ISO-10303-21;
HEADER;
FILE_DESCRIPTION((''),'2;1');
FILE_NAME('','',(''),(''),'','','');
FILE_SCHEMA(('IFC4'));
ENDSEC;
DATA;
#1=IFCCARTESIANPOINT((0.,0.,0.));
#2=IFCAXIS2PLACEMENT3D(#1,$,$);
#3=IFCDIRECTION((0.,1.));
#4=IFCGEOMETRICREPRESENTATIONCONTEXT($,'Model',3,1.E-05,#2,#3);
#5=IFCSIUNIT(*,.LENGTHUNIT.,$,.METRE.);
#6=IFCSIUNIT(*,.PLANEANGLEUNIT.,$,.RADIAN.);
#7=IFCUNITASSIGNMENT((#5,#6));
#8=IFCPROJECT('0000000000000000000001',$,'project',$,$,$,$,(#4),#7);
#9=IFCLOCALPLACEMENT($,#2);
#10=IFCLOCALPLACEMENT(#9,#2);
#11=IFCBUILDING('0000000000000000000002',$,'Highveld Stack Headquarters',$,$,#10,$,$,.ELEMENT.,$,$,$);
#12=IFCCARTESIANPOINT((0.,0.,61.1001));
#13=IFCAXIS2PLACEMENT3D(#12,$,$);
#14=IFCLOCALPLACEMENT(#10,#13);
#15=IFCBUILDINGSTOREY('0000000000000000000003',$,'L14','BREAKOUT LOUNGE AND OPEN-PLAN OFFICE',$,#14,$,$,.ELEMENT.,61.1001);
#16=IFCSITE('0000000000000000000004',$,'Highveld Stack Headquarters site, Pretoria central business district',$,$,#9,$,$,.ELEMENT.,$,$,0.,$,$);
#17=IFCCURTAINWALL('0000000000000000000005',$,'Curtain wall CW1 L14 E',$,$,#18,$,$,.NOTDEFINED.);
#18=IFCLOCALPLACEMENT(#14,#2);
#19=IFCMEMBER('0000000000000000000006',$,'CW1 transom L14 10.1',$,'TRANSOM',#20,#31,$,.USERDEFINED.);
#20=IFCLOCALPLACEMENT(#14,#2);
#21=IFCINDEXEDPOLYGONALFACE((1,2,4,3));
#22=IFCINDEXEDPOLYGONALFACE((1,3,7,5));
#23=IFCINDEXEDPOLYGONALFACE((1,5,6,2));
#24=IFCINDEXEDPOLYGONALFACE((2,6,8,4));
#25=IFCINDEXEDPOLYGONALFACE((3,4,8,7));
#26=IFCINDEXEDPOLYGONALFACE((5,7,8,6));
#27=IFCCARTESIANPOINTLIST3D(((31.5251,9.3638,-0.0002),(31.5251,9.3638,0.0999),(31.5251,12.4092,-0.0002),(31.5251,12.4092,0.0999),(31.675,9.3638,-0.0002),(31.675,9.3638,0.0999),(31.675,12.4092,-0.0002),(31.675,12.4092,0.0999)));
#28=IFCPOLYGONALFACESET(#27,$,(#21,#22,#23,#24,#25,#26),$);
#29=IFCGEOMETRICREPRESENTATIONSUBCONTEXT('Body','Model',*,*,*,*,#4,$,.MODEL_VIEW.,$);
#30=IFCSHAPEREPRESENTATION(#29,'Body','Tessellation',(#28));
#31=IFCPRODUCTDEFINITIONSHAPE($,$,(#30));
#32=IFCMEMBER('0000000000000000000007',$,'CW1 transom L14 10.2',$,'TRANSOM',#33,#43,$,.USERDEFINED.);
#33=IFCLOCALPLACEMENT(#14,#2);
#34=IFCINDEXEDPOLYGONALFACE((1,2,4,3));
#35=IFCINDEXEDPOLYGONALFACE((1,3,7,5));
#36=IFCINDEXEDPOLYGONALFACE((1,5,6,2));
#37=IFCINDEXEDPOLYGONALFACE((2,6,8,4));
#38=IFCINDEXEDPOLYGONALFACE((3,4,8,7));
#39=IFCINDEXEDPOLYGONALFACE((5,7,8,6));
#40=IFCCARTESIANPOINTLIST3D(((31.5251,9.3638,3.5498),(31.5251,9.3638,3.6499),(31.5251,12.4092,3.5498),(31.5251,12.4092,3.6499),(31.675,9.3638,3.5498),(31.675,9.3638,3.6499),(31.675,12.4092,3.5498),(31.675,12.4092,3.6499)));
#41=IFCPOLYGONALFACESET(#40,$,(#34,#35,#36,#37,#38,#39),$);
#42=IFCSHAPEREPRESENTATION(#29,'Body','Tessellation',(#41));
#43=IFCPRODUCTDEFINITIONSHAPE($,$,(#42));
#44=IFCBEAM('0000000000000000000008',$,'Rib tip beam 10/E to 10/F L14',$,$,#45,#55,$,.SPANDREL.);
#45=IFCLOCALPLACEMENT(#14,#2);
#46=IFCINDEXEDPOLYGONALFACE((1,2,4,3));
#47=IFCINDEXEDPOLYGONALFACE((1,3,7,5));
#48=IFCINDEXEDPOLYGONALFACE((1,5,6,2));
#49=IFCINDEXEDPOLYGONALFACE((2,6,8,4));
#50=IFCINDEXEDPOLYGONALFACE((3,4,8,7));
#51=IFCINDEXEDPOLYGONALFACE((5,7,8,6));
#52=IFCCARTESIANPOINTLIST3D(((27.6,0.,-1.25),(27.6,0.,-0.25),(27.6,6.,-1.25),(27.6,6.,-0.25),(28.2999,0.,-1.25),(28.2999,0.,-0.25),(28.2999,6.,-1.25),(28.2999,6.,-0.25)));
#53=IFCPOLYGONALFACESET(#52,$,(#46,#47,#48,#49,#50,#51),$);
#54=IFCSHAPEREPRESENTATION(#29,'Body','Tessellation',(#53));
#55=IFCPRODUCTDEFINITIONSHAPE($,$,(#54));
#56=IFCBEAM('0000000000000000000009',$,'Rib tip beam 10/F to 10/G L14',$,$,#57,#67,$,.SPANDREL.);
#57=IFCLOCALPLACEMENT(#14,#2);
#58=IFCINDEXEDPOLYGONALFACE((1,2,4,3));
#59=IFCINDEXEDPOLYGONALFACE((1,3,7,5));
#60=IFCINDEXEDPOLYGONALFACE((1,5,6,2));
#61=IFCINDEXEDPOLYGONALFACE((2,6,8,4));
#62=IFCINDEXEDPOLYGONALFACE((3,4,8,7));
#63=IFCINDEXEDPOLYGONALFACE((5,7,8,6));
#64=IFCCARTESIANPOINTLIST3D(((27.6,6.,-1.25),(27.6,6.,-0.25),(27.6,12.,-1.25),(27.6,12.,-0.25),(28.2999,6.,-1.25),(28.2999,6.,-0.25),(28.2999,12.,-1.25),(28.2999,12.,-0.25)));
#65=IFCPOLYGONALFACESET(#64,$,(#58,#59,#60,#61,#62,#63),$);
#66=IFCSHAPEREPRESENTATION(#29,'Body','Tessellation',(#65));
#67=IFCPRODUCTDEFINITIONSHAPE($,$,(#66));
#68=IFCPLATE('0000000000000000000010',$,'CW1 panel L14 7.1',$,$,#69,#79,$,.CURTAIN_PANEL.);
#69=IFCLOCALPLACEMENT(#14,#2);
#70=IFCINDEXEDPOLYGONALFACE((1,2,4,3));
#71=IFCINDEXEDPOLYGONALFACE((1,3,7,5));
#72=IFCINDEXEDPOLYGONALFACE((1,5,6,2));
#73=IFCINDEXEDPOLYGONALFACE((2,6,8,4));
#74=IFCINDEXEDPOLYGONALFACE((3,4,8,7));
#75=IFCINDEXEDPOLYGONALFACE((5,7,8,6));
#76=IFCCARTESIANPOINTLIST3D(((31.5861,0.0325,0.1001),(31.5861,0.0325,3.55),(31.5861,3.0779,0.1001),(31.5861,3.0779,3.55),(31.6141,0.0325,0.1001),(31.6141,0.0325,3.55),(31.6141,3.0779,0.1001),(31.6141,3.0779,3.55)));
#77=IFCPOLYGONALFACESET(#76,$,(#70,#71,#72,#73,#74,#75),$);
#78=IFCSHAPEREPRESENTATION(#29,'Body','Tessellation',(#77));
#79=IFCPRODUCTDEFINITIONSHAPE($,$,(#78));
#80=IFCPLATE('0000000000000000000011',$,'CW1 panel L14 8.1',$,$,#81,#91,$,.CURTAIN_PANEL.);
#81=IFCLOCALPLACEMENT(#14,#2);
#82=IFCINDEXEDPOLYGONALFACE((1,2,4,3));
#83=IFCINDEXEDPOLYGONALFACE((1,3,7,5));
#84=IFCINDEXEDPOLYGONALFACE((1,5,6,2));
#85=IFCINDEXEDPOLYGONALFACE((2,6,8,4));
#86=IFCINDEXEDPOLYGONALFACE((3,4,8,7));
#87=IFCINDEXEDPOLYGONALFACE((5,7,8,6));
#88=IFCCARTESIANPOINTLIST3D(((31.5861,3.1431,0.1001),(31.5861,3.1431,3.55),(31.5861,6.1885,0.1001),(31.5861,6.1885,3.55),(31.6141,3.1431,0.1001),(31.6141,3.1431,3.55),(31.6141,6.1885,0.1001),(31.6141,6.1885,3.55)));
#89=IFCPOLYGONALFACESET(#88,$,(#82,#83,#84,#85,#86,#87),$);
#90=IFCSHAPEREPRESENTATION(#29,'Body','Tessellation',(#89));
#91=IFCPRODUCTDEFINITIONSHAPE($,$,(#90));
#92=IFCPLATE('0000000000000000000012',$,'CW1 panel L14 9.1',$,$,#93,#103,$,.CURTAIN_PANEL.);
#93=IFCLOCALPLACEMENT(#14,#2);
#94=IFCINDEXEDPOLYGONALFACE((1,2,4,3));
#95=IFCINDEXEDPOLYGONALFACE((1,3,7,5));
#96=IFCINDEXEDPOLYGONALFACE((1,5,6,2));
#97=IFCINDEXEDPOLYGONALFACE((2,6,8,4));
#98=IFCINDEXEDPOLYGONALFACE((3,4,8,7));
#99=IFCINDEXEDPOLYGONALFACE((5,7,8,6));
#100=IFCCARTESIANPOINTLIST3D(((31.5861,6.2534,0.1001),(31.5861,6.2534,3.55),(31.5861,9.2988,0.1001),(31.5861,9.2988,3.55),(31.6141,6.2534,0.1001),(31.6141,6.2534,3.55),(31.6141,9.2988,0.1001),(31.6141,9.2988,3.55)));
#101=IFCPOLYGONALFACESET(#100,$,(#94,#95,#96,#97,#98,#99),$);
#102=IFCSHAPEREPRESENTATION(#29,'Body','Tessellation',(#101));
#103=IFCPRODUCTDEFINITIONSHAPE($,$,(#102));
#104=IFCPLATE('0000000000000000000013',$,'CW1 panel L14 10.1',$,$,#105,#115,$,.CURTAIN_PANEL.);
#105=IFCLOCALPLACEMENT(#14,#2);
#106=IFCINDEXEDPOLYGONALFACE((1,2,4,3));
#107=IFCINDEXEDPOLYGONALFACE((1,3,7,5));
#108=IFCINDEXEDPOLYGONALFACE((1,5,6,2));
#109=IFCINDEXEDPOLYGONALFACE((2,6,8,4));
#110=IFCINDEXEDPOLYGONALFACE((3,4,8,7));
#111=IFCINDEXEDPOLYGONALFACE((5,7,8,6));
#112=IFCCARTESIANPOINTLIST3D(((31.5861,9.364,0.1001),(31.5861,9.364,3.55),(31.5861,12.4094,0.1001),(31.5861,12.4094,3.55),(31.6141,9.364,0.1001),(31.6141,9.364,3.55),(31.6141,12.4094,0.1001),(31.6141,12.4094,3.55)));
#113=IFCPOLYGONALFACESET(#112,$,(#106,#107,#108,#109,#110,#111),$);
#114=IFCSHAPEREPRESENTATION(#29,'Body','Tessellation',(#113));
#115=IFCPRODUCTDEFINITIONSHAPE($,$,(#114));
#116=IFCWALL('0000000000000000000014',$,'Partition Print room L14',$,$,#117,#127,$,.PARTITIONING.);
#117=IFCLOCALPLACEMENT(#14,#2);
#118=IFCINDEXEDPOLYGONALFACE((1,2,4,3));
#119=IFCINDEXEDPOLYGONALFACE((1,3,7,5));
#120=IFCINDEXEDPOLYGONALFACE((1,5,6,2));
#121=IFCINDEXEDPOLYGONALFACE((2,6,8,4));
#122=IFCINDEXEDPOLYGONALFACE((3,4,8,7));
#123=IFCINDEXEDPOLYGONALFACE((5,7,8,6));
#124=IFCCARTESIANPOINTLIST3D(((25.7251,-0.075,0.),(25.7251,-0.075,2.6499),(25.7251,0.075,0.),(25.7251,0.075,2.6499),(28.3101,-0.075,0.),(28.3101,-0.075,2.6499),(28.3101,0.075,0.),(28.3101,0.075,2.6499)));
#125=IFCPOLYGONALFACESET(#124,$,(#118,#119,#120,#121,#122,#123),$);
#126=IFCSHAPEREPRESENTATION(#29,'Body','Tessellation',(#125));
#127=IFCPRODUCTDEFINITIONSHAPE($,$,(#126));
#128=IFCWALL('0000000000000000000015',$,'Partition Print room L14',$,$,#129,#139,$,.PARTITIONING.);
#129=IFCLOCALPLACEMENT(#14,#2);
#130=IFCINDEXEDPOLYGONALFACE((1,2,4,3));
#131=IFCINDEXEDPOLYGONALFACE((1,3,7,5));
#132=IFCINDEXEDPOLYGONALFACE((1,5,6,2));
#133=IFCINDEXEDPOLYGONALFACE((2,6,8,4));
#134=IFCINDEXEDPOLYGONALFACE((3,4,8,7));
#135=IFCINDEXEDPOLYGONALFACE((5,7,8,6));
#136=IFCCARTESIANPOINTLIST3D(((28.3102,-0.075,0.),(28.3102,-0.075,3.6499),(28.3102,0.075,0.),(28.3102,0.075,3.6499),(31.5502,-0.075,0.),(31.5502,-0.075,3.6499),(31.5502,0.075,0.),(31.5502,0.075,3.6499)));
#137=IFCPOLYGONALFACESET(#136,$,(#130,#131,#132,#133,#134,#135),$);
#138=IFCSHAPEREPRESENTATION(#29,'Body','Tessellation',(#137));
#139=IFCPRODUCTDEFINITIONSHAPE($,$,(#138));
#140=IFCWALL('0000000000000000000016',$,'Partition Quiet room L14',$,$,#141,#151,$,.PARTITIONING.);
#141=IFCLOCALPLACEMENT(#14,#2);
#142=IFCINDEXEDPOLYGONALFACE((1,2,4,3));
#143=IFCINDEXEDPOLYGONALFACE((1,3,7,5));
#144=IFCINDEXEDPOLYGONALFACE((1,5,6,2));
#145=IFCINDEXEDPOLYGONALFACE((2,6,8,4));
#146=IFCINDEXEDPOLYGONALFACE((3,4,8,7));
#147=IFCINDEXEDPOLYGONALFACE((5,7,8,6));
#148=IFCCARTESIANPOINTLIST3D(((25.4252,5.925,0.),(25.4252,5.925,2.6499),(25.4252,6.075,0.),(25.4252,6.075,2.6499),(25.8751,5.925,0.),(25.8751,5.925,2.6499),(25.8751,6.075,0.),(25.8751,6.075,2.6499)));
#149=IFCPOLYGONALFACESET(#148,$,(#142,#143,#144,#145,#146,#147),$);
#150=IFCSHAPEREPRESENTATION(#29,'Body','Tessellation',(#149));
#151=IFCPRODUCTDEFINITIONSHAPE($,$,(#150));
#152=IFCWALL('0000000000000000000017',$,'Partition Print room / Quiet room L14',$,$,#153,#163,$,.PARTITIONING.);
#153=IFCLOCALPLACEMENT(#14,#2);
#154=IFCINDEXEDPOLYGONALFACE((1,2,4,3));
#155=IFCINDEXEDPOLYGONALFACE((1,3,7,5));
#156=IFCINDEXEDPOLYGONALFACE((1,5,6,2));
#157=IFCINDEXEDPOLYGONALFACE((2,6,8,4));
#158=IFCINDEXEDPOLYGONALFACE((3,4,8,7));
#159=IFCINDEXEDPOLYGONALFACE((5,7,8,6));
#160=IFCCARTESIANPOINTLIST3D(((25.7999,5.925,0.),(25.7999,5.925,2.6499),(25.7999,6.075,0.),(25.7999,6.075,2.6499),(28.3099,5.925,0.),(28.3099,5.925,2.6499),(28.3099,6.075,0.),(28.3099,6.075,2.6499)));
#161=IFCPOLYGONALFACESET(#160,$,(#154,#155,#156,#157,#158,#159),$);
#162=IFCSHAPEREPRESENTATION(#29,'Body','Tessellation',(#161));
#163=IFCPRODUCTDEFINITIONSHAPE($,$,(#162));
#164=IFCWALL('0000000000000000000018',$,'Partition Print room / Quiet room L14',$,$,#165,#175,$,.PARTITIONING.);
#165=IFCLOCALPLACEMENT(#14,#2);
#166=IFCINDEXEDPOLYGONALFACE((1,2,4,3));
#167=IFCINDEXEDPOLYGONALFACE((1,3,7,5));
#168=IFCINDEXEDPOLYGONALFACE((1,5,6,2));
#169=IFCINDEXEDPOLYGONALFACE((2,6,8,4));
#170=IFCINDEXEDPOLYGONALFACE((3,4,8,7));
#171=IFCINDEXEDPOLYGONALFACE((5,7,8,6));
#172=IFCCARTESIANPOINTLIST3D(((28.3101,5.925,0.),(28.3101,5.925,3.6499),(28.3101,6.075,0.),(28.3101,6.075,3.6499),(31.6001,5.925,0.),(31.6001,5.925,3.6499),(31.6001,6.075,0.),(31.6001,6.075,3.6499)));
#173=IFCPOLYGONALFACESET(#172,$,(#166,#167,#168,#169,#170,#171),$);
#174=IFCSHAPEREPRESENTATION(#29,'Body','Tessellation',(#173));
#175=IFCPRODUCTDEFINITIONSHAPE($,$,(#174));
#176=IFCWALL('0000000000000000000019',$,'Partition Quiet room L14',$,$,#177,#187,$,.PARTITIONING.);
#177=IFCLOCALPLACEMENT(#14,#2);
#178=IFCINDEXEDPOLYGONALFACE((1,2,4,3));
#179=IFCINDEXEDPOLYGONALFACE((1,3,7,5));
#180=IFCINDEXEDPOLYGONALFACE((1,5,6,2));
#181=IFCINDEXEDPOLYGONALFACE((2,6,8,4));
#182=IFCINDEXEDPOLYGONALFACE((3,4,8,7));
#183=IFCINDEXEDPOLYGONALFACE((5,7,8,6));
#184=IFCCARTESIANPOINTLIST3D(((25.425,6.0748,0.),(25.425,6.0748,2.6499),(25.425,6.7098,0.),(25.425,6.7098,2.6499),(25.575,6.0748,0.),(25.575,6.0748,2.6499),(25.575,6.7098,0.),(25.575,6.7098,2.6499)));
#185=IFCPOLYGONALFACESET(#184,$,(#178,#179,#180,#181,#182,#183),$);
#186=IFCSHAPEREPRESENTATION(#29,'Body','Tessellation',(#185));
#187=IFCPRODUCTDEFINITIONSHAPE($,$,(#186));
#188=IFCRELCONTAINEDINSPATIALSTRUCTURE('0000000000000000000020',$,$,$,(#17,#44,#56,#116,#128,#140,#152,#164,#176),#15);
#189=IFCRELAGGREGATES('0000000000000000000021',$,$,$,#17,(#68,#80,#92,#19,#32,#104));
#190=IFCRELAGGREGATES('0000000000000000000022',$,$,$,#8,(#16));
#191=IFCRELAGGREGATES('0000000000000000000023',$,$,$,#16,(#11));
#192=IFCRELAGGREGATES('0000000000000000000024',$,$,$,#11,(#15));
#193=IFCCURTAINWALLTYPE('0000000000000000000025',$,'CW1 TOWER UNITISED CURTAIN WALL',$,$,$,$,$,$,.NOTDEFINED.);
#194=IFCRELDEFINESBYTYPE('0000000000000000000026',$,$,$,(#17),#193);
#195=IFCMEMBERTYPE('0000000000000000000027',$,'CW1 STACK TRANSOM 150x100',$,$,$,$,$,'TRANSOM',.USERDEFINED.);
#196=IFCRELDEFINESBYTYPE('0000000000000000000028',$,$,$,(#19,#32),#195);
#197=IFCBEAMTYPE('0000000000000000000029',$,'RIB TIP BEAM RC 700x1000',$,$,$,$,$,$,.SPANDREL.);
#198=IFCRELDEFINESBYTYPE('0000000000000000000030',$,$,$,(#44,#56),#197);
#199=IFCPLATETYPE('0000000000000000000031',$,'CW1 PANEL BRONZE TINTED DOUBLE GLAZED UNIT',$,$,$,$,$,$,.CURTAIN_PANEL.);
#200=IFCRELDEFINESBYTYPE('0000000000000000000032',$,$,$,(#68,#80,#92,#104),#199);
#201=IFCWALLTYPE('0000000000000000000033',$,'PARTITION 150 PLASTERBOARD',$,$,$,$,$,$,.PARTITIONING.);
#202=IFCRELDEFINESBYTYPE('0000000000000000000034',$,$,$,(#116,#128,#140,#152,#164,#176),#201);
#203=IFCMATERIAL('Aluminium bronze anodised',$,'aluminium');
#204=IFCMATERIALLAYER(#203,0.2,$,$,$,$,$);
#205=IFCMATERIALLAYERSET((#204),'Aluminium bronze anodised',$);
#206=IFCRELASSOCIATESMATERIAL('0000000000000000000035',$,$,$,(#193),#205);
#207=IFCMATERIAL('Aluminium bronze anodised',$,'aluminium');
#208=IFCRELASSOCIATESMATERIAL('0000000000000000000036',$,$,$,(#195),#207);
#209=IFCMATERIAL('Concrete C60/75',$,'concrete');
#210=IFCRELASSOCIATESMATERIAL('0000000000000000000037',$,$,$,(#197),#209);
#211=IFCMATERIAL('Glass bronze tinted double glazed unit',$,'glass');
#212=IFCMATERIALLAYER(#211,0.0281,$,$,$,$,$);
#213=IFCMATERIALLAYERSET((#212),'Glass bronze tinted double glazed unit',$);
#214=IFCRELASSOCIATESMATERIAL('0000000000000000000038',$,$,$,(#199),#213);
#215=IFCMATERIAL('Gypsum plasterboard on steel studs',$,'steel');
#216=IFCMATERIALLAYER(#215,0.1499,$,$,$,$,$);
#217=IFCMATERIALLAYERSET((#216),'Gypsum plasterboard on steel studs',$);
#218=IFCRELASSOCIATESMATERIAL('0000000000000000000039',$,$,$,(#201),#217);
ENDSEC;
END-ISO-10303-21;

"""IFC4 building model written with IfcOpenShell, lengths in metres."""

from ifc_helpers import new_model, si_unit, direction, frame, frame_2d, origin, origin_2d, place, context, subcontext, project, spatial, rectangle, extrude, material, layer, layer_set, material_profile, profile_set, type_object, element, aggregate, save


model = new_model("IFC4")

# Units and contexts
model_context = context("Model", 3, precision=1e-05, world=origin(), true_north=direction((0.0, 1.0)))
body_context = subcontext(model_context, "Body", "Model", "MODEL_VIEW")
ifc_project = project(units=[si_unit("LENGTHUNIT", "METRE"), si_unit("PLANEANGLEUNIT", "RADIAN")], contexts=[model_context])

# Site, building, storey
site_placement = place(None, origin())
site = spatial("IfcSite", under=ifc_project, at=site_placement, Name="Highveld Stack Headquarters site, Pretoria central business district", CompositionType="ELEMENT", RefElevation=0.0)
building_placement = place(site_placement, origin())
building = spatial("IfcBuilding", under=site, at=building_placement, Name="Highveld Stack Headquarters", CompositionType="ELEMENT")
storey_placement = place(building_placement, frame((0.0, 0.0, 61.1001)))
storey = spatial("IfcBuildingStorey", under=building, at=storey_placement, Name="L14", Description="BREAKOUT LOUNGE AND OPEN-PLAN OFFICE", CompositionType="ELEMENT", Elevation=61.1001)

# Curtain wall, members
ifc_material_1 = material(Name="Aluminium bronze anodised", Category="aluminium")
ifc_layer_1 = layer(ifc_material_1, 0.2)
ifc_layer_set_1 = layer_set([ifc_layer_1], Name="Aluminium bronze anodised")
curtain_wall_type = type_object("IfcCurtainWallType", Name="CW1 TOWER UNITISED CURTAIN WALL", PredefinedType="NOTDEFINED", material=ifc_layer_set_1)
curtain_wall_placement = place(storey_placement, origin())
curtain_wall = element("IfcCurtainWall", 1, at=curtain_wall_placement, inside=storey, type_object=curtain_wall_type, Name="Curtain wall CW1 L14 E", PredefinedType="NOTDEFINED")
ifc_material_2 = material(Name="Aluminium bronze anodised", Category="aluminium")
ifc_material_profile_1 = material_profile(ifc_material_2, rectangle(XDim=0.1499, YDim=0.1001, at=origin_2d()), Name="CW1 TRANSOM 150x100")
ifc_profile_set_1 = profile_set([ifc_material_profile_1], Name="Aluminium bronze anodised")
member_type_1 = type_object("IfcMemberType", Name="CW1 STACK TRANSOM 150x100", ElementType="TRANSOM", PredefinedType="USERDEFINED", material=ifc_profile_set_1)
member_1_placement = place(storey_placement, frame((31.6001, 9.3638, 0.0498), z_axis=(0.0, 1.0, 0.0), x_axis=(-1.0, 0.0, 0.0)))
member_1 = element("IfcMember", 2, at=member_1_placement, type_object=member_type_1, Name="CW1 transom L14 10.1", ObjectType="TRANSOM", PredefinedType="USERDEFINED", context=body_context, shape_type="SweptSolid", body=[
    extrude(rectangle(XDim=0.1499, YDim=0.1001, at=origin_2d()), origin(), (0.0, 0.0, 1.0), 3.0454),
])
member_2_placement = place(storey_placement, frame((31.6001, 9.3638, 3.5999), z_axis=(0.0, 1.0, 0.0), x_axis=(-1.0, 0.0, 0.0)))
member_2 = element("IfcMember", 3, at=member_2_placement, type_object=member_type_1, Name="CW1 transom L14 10.2", ObjectType="TRANSOM", PredefinedType="USERDEFINED", context=body_context, shape_type="SweptSolid", body=[
    extrude(rectangle(XDim=0.1499, YDim=0.1001, at=origin_2d()), origin(), (0.0, 0.0, 1.0), 3.0454),
])

# Beams
ifc_material_3 = material(Name="Concrete C60/75", Category="concrete")
ifc_material_profile_2 = material_profile(ifc_material_3, rectangle(XDim=0.7, YDim=1.0, at=origin_2d()), Name="RC 700x1000")
ifc_profile_set_2 = profile_set([ifc_material_profile_2], Name="Concrete C60/75")
beam_type = type_object("IfcBeamType", Name="RIB TIP BEAM RC 700x1000", PredefinedType="SPANDREL", material=ifc_profile_set_2)
for number, where, z_axis, x_axis, name in (
    (4, (27.95, 0.0, -0.75), (0.0, 1.0, 0.0), (-1.0, 0.0, 0.0), "Rib tip beam 10/E to 10/F L14"),
    (5, (27.95, 6.0, -0.75), (0.0, 1.0, 0.0), (-1.0, 0.0, 0.0), "Rib tip beam 10/F to 10/G L14"),
):
    element("IfcBeam", number, at=place(storey_placement, frame(where, z_axis=z_axis, x_axis=x_axis)), inside=storey, type_object=beam_type, Name=name, PredefinedType="SPANDREL", context=body_context, shape_type="SweptSolid", body=[
        extrude(rectangle(XDim=0.7, YDim=1.0, at=origin_2d()), origin(), (0.0, 0.0, 1.0), 6.0),
    ])

# Plates
ifc_material_4 = material(Name="Glass bronze tinted double glazed unit", Category="glass")
ifc_layer_2 = layer(ifc_material_4, 0.0281)
ifc_layer_set_2 = layer_set([ifc_layer_2], Name="Glass bronze tinted double glazed unit")
plate_type = type_object("IfcPlateType", Name="CW1 PANEL BRONZE TINTED DOUBLE GLAZED UNIT", PredefinedType="CURTAIN_PANEL", material=ifc_layer_set_2)
plate_1_placement = place(storey_placement, frame((31.6001, 1.5552, 0.1001), z_axis=(0.0, 0.0, 1.0), x_axis=(0.0, 1.0, 0.0)))
plate_1 = element("IfcPlate", 6, at=plate_1_placement, type_object=plate_type, Name="CW1 panel L14 7.1", PredefinedType="CURTAIN_PANEL", context=body_context, shape_type="SweptSolid", body=[
    extrude(rectangle(XDim=3.0454, YDim=0.0281, at=origin_2d()), origin(), (0.0, 0.0, 1.0), 3.45),
])
plate_2_placement = place(storey_placement, frame((31.6001, 4.6658, 0.1001), z_axis=(0.0, 0.0, 1.0), x_axis=(0.0, 1.0, 0.0)))
plate_2 = element("IfcPlate", 7, at=plate_2_placement, type_object=plate_type, Name="CW1 panel L14 8.1", PredefinedType="CURTAIN_PANEL", context=body_context, shape_type="SweptSolid", body=[
    extrude(rectangle(XDim=3.0454, YDim=0.0281, at=origin_2d()), origin(), (0.0, 0.0, 1.0), 3.45),
])
plate_3_placement = place(storey_placement, frame((31.6001, 7.7761, 0.1001), z_axis=(0.0, 0.0, 1.0), x_axis=(0.0, 1.0, 0.0)))
plate_3 = element("IfcPlate", 8, at=plate_3_placement, type_object=plate_type, Name="CW1 panel L14 9.1", PredefinedType="CURTAIN_PANEL", context=body_context, shape_type="SweptSolid", body=[
    extrude(rectangle(XDim=3.0454, YDim=0.0281, at=origin_2d()), origin(), (0.0, 0.0, 1.0), 3.45),
])
plate_4_placement = place(storey_placement, frame((31.6001, 10.8867, 0.1001), z_axis=(0.0, 0.0, 1.0), x_axis=(0.0, 1.0, 0.0)))
plate_4 = element("IfcPlate", 9, at=plate_4_placement, type_object=plate_type, Name="CW1 panel L14 10.1", PredefinedType="CURTAIN_PANEL", context=body_context, shape_type="SweptSolid", body=[
    extrude(rectangle(XDim=3.0454, YDim=0.0281, at=origin_2d()), origin(), (0.0, 0.0, 1.0), 3.45),
])
aggregate(curtain_wall, [plate_1, plate_2, plate_3, member_1, member_2, plate_4])

# Walls
ifc_material_5 = material(Name="Gypsum plasterboard on steel studs", Category="steel")
ifc_layer_3 = layer(ifc_material_5, 0.1499)
ifc_layer_set_3 = layer_set([ifc_layer_3], Name="Gypsum plasterboard on steel studs")
wall_type = type_object("IfcWallType", Name="PARTITION 150 PLASTERBOARD", PredefinedType="PARTITIONING", material=ifc_layer_set_3)
wall_1_placement = place(storey_placement, frame((25.7251, 0.0, 0.0), z_axis=(0.0, 0.0, 1.0), x_axis=(1.0, 0.0, 0.0)))
element("IfcWall", 10, at=wall_1_placement, inside=storey, type_object=wall_type, Name="Partition Print room L14", PredefinedType="PARTITIONING", context=body_context, shape_type="SweptSolid", body=[
    extrude(rectangle(XDim=2.585, YDim=0.1499, at=frame_2d((1.2925, 0.0))), origin(), (0.0, 0.0, 1.0), 2.6499),
])
wall_2_placement = place(storey_placement, frame((28.3101, 0.0, 0.0), z_axis=(0.0, 0.0, 1.0), x_axis=(1.0, 0.0, 0.0)))
element("IfcWall", 11, at=wall_2_placement, inside=storey, type_object=wall_type, Name="Partition Print room L14", PredefinedType="PARTITIONING", context=body_context, shape_type="SweptSolid", body=[
    extrude(rectangle(XDim=3.24, YDim=0.1499, at=frame_2d((1.6201, 0.0))), origin(), (0.0, 0.0, 1.0), 3.6499),
])
wall_3_placement = place(storey_placement, frame((25.425, 6.0, 0.0), z_axis=(0.0, 0.0, 1.0), x_axis=(1.0, 0.0, 0.0)))
element("IfcWall", 12, at=wall_3_placement, inside=storey, type_object=wall_type, Name="Partition Quiet room L14", PredefinedType="PARTITIONING", context=body_context, shape_type="SweptSolid", body=[
    extrude(rectangle(XDim=0.45, YDim=0.1499, at=frame_2d((0.2251, 0.0))), origin(), (0.0, 0.0, 1.0), 2.6499),
])
wall_4_placement = place(storey_placement, frame((25.8, 6.0, 0.0), z_axis=(0.0, 0.0, 1.0), x_axis=(1.0, 0.0, 0.0)))
element("IfcWall", 13, at=wall_4_placement, inside=storey, type_object=wall_type, Name="Partition Print room / Quiet room L14", PredefinedType="PARTITIONING", context=body_context, shape_type="SweptSolid", body=[
    extrude(rectangle(XDim=2.51, YDim=0.1499, at=frame_2d((1.2549, 0.0))), origin(), (0.0, 0.0, 1.0), 2.6499),
])
wall_5_placement = place(storey_placement, frame((28.3101, 6.0, 0.0), z_axis=(0.0, 0.0, 1.0), x_axis=(1.0, 0.0, 0.0)))
element("IfcWall", 14, at=wall_5_placement, inside=storey, type_object=wall_type, Name="Partition Print room / Quiet room L14", PredefinedType="PARTITIONING", context=body_context, shape_type="SweptSolid", body=[
    extrude(rectangle(XDim=3.29, YDim=0.1499, at=frame_2d((1.645, 0.0))), origin(), (0.0, 0.0, 1.0), 3.6499),
])
wall_6_placement = place(storey_placement, frame((25.5, 6.075, 0.0), z_axis=(0.0, 0.0, 1.0), x_axis=(0.0, 1.0, 0.0)))
element("IfcWall", 15, at=wall_6_placement, inside=storey, type_object=wall_type, Name="Partition Quiet room L14", PredefinedType="PARTITIONING", context=body_context, shape_type="SweptSolid", body=[
    extrude(rectangle(XDim=0.635, YDim=0.1499, at=frame_2d((0.3174, 0.0))), origin(), (0.0, 0.0, 1.0), 2.6499),
])

save(model, "model.ifc")
